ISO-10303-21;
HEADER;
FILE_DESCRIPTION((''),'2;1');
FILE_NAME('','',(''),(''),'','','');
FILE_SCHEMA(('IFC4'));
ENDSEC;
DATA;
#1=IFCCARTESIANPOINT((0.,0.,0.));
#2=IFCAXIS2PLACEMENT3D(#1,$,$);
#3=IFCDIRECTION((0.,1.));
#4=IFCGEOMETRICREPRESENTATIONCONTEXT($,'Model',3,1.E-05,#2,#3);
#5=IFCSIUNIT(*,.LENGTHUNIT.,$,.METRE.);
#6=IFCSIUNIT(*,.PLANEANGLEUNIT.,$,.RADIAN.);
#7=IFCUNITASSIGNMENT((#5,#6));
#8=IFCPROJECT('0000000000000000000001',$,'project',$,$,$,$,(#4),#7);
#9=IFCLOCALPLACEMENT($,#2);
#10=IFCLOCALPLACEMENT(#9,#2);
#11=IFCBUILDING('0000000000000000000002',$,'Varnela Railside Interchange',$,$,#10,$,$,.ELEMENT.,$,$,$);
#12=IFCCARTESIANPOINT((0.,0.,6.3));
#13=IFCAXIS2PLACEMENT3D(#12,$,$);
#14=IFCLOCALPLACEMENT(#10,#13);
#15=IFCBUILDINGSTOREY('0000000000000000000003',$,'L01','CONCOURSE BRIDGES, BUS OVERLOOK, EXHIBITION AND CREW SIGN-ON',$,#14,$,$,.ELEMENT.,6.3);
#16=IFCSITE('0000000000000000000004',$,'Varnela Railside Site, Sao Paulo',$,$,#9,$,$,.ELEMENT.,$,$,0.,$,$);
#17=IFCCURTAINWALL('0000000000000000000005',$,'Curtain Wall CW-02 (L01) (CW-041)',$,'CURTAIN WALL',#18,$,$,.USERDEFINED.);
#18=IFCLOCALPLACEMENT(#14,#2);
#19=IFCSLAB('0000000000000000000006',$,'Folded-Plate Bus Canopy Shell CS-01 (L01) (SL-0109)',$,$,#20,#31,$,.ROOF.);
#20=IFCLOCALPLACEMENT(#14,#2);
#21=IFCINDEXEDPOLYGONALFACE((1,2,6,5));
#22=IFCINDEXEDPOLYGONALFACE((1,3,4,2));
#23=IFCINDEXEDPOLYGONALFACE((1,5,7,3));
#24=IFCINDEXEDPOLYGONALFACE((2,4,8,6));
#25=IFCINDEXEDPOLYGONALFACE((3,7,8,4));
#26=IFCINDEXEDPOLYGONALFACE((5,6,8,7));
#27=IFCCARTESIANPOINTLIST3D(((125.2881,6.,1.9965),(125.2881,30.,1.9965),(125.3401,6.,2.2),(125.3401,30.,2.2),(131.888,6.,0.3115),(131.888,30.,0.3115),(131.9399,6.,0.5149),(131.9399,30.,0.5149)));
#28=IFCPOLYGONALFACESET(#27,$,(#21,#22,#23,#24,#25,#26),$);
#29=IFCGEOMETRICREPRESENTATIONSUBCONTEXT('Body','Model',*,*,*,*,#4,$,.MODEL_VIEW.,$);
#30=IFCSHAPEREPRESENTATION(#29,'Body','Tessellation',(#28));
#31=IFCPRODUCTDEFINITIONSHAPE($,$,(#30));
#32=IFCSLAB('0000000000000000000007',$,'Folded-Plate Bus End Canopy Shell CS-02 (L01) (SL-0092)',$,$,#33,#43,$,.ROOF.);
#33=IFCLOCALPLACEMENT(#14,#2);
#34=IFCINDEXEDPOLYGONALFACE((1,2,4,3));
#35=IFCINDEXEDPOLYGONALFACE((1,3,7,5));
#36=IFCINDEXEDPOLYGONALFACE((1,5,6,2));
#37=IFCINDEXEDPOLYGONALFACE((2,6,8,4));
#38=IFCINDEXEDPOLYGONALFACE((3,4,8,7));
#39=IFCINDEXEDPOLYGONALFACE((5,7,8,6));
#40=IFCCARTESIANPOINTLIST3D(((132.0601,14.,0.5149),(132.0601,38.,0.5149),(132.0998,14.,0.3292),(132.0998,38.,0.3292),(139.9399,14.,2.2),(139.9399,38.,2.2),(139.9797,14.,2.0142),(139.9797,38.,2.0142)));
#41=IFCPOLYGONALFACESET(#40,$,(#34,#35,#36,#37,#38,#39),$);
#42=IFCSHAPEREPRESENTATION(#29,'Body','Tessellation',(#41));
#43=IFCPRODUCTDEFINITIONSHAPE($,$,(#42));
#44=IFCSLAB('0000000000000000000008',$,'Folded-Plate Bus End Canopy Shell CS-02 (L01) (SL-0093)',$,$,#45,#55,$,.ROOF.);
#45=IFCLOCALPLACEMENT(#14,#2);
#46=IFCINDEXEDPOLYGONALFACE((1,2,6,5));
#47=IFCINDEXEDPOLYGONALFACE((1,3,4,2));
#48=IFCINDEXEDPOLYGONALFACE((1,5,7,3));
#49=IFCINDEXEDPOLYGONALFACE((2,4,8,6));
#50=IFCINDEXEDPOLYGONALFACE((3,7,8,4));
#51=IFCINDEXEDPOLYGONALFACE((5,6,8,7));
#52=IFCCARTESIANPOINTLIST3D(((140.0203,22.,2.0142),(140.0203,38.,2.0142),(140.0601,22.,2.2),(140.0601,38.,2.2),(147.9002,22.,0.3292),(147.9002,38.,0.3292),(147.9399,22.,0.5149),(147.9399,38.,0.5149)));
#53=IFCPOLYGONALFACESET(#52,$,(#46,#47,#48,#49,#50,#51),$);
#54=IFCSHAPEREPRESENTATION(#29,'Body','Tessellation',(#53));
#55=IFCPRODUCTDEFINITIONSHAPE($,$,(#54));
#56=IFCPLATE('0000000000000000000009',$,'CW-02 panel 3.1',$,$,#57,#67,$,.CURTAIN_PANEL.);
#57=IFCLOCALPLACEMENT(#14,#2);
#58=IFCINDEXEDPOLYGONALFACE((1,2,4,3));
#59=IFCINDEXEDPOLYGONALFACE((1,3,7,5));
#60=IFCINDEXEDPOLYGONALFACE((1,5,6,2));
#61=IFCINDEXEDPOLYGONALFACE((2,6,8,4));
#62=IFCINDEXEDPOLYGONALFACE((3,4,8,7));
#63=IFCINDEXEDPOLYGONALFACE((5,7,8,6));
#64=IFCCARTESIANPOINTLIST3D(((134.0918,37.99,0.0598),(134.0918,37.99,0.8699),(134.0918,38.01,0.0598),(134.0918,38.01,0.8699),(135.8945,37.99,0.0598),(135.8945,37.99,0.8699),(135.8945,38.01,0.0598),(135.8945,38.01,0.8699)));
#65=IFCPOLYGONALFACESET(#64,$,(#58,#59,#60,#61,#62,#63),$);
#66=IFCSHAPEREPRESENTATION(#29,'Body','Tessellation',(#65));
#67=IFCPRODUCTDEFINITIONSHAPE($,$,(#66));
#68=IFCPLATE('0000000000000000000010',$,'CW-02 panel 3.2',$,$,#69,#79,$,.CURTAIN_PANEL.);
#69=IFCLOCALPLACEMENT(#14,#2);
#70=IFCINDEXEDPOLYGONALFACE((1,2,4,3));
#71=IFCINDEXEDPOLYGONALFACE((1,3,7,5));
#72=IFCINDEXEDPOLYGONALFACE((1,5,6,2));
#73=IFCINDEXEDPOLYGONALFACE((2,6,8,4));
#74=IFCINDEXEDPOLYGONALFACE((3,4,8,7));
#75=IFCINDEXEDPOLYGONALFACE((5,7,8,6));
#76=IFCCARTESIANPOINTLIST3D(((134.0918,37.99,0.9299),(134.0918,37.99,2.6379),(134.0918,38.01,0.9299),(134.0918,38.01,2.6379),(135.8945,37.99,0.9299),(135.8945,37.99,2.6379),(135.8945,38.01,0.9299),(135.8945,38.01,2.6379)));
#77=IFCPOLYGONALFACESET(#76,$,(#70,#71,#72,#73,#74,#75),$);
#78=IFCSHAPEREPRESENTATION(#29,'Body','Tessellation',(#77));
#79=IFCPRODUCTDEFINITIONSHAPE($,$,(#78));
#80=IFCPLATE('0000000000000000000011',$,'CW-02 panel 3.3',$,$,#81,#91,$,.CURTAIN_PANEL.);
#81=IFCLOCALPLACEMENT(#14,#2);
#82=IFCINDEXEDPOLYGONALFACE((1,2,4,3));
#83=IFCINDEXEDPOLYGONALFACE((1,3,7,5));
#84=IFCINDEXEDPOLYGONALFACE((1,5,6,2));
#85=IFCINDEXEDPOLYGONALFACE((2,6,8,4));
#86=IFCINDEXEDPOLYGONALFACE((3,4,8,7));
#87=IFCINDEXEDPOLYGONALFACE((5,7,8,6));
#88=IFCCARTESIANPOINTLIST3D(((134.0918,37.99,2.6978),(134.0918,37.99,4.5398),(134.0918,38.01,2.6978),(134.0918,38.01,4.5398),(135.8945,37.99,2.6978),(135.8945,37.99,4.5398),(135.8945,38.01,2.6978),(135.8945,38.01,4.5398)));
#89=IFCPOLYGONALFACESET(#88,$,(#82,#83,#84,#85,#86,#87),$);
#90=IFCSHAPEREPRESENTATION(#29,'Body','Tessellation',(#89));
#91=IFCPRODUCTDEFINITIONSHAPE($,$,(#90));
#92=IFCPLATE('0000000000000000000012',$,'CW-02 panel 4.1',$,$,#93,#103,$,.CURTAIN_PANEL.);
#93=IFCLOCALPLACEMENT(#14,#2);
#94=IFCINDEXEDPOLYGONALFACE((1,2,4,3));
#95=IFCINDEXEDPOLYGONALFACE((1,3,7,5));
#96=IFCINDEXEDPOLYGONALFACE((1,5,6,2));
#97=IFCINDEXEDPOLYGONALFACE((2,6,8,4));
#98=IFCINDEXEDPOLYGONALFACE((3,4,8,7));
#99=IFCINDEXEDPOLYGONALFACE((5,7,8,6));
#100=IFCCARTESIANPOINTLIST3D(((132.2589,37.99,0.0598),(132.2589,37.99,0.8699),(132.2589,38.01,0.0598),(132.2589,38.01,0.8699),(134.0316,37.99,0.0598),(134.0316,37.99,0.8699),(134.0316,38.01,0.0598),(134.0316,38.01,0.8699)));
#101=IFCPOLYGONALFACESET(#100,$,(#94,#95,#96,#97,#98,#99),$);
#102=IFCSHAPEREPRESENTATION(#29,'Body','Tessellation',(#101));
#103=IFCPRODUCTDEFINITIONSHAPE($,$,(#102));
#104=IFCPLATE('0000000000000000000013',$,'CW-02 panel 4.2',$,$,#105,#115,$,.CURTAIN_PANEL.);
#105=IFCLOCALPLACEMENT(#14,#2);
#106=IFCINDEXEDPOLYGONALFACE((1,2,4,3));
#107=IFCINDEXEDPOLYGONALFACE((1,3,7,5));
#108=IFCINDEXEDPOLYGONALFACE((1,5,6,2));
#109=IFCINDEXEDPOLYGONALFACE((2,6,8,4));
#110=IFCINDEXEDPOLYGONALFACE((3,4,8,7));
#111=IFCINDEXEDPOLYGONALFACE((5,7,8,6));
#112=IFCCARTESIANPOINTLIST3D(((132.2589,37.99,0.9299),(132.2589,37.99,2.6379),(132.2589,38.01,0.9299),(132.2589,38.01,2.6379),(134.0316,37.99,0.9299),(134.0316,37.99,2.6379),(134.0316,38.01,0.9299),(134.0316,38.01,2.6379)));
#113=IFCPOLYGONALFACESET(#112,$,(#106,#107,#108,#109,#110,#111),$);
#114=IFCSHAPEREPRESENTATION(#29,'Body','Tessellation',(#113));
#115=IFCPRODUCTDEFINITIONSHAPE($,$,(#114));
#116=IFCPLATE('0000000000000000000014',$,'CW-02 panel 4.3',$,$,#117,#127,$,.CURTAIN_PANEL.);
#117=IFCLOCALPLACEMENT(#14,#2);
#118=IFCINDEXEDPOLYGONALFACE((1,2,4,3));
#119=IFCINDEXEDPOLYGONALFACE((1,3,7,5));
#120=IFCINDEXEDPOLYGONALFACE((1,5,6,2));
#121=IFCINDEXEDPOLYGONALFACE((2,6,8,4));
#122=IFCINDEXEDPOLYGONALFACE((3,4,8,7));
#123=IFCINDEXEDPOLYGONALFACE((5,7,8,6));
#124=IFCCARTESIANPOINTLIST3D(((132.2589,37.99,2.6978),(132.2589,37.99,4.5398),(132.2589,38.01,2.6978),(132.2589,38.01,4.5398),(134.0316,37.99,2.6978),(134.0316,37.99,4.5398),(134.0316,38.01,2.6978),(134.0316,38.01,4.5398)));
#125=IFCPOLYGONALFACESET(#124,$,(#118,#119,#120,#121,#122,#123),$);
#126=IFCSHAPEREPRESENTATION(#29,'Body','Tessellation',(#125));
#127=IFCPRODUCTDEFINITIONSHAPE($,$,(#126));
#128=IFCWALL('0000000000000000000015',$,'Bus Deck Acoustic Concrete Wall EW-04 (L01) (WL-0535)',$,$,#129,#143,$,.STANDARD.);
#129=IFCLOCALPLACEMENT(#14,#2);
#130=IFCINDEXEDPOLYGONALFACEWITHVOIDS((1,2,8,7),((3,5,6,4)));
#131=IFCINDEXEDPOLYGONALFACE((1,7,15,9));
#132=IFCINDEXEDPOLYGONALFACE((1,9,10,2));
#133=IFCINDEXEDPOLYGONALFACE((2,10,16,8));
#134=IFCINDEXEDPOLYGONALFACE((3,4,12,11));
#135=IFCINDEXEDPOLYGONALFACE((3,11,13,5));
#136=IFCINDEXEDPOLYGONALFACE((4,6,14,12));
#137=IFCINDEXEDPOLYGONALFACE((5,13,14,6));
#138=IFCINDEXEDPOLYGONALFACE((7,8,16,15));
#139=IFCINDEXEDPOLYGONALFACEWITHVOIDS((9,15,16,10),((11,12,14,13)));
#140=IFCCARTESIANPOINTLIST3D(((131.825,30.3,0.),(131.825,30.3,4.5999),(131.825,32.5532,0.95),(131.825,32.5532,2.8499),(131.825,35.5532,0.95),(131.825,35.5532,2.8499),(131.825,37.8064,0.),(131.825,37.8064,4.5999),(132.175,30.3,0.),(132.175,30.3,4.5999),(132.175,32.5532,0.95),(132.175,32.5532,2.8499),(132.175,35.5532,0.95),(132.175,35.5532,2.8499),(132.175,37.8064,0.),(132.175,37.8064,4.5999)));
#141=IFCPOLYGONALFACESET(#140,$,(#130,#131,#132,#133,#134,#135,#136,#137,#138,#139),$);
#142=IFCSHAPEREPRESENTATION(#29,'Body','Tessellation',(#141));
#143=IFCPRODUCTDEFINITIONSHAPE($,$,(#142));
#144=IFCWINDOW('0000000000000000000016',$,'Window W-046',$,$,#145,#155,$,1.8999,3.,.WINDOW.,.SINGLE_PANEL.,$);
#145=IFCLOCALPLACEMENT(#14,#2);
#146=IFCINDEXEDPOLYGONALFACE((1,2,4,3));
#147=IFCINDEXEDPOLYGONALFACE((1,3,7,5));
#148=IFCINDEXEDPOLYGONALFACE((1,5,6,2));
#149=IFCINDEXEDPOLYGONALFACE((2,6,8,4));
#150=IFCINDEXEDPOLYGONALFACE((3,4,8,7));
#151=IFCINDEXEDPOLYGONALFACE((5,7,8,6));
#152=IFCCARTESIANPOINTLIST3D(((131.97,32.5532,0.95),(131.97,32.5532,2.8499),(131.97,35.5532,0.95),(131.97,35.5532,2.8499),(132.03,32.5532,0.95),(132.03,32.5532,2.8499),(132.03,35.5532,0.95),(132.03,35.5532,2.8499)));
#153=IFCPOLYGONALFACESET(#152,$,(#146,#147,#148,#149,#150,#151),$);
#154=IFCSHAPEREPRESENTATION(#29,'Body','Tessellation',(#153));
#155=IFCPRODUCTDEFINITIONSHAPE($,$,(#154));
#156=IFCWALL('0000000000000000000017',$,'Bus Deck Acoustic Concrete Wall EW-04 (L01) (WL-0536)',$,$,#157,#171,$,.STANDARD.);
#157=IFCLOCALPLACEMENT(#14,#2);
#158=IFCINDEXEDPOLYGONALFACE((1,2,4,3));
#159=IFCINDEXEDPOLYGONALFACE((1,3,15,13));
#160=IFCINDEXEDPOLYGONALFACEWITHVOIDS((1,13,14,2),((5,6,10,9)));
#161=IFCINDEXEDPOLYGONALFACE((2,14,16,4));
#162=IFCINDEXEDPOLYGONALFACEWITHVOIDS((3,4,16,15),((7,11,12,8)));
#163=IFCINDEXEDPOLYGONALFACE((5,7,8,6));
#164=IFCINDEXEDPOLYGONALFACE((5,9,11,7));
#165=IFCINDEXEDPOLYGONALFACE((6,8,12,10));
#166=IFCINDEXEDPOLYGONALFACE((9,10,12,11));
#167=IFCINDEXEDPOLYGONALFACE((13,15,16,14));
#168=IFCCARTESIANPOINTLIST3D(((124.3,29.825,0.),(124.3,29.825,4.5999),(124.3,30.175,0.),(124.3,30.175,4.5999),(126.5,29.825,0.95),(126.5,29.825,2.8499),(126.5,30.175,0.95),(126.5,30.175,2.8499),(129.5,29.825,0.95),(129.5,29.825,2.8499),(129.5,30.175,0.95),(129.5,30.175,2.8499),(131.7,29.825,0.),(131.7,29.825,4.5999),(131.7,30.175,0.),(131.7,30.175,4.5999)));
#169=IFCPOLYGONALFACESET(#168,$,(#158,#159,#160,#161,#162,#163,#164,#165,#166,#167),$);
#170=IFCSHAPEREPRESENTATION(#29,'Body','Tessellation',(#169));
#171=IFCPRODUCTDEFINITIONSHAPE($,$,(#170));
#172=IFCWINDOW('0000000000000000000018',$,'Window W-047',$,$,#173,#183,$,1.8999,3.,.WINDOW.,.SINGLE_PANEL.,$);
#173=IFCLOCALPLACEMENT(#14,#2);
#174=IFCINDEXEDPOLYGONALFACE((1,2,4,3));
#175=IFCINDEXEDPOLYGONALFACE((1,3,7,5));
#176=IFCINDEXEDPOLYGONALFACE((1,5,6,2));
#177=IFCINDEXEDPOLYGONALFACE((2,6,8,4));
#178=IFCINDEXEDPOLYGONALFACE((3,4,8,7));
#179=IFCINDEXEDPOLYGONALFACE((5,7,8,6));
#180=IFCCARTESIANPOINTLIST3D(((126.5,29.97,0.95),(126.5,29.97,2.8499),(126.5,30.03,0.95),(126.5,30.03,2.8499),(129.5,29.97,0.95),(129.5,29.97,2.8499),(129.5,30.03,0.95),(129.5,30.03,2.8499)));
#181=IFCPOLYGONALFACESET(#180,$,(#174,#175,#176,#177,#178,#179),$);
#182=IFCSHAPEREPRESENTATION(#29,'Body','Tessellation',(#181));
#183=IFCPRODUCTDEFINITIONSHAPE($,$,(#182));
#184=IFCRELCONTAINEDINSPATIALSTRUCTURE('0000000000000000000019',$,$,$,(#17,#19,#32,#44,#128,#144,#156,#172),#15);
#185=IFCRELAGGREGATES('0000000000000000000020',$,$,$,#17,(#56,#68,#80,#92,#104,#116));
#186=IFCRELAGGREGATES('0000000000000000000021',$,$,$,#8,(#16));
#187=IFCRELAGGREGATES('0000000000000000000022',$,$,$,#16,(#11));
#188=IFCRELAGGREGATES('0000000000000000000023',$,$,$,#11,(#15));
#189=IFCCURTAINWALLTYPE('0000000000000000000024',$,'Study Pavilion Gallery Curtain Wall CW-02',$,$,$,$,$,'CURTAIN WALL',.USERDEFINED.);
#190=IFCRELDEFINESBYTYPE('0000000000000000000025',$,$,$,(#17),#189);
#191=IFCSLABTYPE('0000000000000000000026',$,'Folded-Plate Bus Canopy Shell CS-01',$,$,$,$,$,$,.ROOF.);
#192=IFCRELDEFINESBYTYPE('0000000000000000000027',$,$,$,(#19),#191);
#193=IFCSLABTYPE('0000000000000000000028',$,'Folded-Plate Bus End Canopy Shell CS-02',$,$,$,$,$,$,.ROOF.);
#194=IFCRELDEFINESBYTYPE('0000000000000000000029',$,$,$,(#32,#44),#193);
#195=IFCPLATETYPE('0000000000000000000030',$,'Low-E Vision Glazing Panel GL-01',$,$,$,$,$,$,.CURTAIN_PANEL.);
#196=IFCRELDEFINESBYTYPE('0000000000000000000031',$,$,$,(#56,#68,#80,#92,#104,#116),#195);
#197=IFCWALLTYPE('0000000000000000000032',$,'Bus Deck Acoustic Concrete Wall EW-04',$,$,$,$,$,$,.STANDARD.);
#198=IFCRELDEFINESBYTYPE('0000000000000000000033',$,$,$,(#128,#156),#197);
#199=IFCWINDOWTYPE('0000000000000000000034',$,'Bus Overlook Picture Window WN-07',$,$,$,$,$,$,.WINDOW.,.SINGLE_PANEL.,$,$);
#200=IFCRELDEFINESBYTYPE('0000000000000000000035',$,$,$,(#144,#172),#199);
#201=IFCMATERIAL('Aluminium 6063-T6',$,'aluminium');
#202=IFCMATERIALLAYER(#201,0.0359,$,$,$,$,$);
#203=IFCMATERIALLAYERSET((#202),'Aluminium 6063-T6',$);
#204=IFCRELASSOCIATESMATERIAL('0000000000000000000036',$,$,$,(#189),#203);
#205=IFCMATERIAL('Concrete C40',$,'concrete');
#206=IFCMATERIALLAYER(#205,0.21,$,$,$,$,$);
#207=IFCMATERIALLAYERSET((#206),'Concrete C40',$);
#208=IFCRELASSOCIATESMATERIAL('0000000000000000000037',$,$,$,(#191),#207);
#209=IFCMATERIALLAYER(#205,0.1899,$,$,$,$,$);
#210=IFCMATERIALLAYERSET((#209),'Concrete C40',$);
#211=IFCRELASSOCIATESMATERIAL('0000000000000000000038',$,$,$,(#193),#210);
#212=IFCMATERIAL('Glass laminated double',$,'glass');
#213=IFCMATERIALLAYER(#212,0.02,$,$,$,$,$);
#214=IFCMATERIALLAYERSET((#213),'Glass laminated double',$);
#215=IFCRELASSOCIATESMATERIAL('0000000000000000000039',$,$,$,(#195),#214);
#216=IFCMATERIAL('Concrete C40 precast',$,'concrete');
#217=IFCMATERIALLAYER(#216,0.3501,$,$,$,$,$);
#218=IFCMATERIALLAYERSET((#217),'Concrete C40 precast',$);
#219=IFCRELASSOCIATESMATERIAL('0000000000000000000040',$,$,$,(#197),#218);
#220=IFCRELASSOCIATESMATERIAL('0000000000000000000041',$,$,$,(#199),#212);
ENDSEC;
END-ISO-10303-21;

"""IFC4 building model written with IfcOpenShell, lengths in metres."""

from ifc_helpers import new_model, si_unit, direction, frame, frame_2d, origin, origin_2d, place, context, subcontext, project, spatial, polyline, rectangle, outline, extrude, material, layer, layer_set, type_object, element, fill, aggregate, save


model = new_model("IFC4")

# Units and contexts
model_context = context("Model", 3, precision=1e-05, world=origin(), true_north=direction((0.0, 1.0)))
body_context = subcontext(model_context, "Body", "Model", "MODEL_VIEW")
ifc_project = project(units=[si_unit("LENGTHUNIT", "METRE"), si_unit("PLANEANGLEUNIT", "RADIAN")], contexts=[model_context])

# Site, building, storey
site_placement = place(None, origin())
site = spatial("IfcSite", under=ifc_project, at=site_placement, Name="Varnela Railside Site, Sao Paulo", CompositionType="ELEMENT", RefElevation=0.0)
building_placement = place(site_placement, origin())
building = spatial("IfcBuilding", under=site, at=building_placement, Name="Varnela Railside Interchange", CompositionType="ELEMENT")
storey_placement = place(building_placement, frame((0.0, 0.0, 6.3)))
storey = spatial("IfcBuildingStorey", under=building, at=storey_placement, Name="L01", Description="CONCOURSE BRIDGES, BUS OVERLOOK, EXHIBITION AND CREW SIGN-ON", CompositionType="ELEMENT", Elevation=6.3)

# Curtain wall
ifc_material_1 = material(Name="Aluminium 6063-T6", Category="aluminium")
ifc_layer_1 = layer(ifc_material_1, 0.0359)
ifc_layer_set_1 = layer_set([ifc_layer_1], Name="Aluminium 6063-T6")
curtain_wall_type = type_object("IfcCurtainWallType", Name="Study Pavilion Gallery Curtain Wall CW-02", ElementType="CURTAIN WALL", PredefinedType="USERDEFINED", material=ifc_layer_set_1)
curtain_wall_placement = place(storey_placement, origin())
curtain_wall = element("IfcCurtainWall", 1, at=curtain_wall_placement, inside=storey, type_object=curtain_wall_type, Name="Curtain Wall CW-02 (L01) (CW-041)", ObjectType="CURTAIN WALL", PredefinedType="USERDEFINED")

# Shared definitions
ifc_material_2 = material(Name="Concrete C40 precast", Category="concrete")

# Slabs
ifc_material_3 = material(Name="Concrete C40", Category="concrete")
ifc_layer_2 = layer(ifc_material_3, 0.21)
ifc_layer_set_2 = layer_set([ifc_layer_2], Name="Concrete C40")
slab_type_1 = type_object("IfcSlabType", Name="Folded-Plate Bus Canopy Shell CS-01", PredefinedType="ROOF", material=ifc_layer_set_2)
slab_1_placement = place(storey_placement, frame((125.3401, 6.0, 2.2), z_axis=(0.247382, 0.0, 0.968918), x_axis=(0.968918, 0.0, -0.247382)))
element("IfcSlab", 2, at=slab_1_placement, inside=storey, type_object=slab_type_1, Name="Folded-Plate Bus Canopy Shell CS-01 (L01) (SL-0109)", PredefinedType="ROOF", context=body_context, shape_type="SweptSolid", body=[
    extrude(outline(polyline([(0.0, 0.0), (6.8116, 0.0), (6.8116, 24.0), (0.0, 24.0), (0.0, 0.0)])), origin(), (0.0, 0.0, -1.0), 0.21),
])
ifc_layer_3 = layer(ifc_material_3, 0.1899)
ifc_layer_set_3 = layer_set([ifc_layer_3], Name="Concrete C40")
slab_type_2 = type_object("IfcSlabType", Name="Folded-Plate Bus End Canopy Shell CS-02", PredefinedType="ROOF", material=ifc_layer_set_3)
slab_2_placement = place(storey_placement, frame((132.0601, 14.0, 0.5149), z_axis=(-0.209115, 0.0, 0.977891), x_axis=(0.977891, 0.0, 0.209115)))
element("IfcSlab", 3, at=slab_2_placement, inside=storey, type_object=slab_type_2, Name="Folded-Plate Bus End Canopy Shell CS-02 (L01) (SL-0092)", PredefinedType="ROOF", context=body_context, shape_type="SweptSolid", body=[
    extrude(outline(polyline([(0.0, 0.0), (8.058, 0.0), (8.058, 24.0), (0.0, 24.0), (0.0, 0.0)])), origin(), (0.0, 0.0, -1.0), 0.1899),
])
slab_3_placement = place(storey_placement, frame((140.0601, 22.0, 2.2), z_axis=(0.209115, 0.0, 0.977891), x_axis=(0.977891, 0.0, -0.209115)))
element("IfcSlab", 4, at=slab_3_placement, inside=storey, type_object=slab_type_2, Name="Folded-Plate Bus End Canopy Shell CS-02 (L01) (SL-0093)", PredefinedType="ROOF", context=body_context, shape_type="SweptSolid", body=[
    extrude(outline(polyline([(0.0, 0.0), (8.058, 0.0), (8.058, 16.0), (0.0, 16.0), (0.0, 0.0)])), origin(), (0.0, 0.0, -1.0), 0.1899),
])

# Plates
ifc_material_4 = material(Name="Glass laminated double", Category="glass")
ifc_layer_4 = layer(ifc_material_4, 0.02)
ifc_layer_set_4 = layer_set([ifc_layer_4], Name="Glass laminated double")
plate_type = type_object("IfcPlateType", Name="Low-E Vision Glazing Panel GL-01", PredefinedType="CURTAIN_PANEL", material=ifc_layer_set_4)
plate_1_placement = place(storey_placement, frame((134.9932, 38.0, 0.0598), z_axis=(0.0, 0.0, 1.0), x_axis=(-1.0, 0.0, 0.0)))
plate_1 = element("IfcPlate", 5, at=plate_1_placement, type_object=plate_type, Name="CW-02 panel 3.1", PredefinedType="CURTAIN_PANEL", context=body_context, shape_type="SweptSolid", body=[
    extrude(rectangle(XDim=1.8027, YDim=0.02, at=origin_2d()), origin(), (0.0, 0.0, 1.0), 0.8101),
])
plate_2_placement = place(storey_placement, frame((134.9932, 38.0, 0.9299), z_axis=(0.0, 0.0, 1.0), x_axis=(-1.0, 0.0, 0.0)))
plate_2 = element("IfcPlate", 6, at=plate_2_placement, type_object=plate_type, Name="CW-02 panel 3.2", PredefinedType="CURTAIN_PANEL", context=body_context, shape_type="SweptSolid", body=[
    extrude(rectangle(XDim=1.8027, YDim=0.02, at=origin_2d()), origin(), (0.0, 0.0, 1.0), 1.708),
])
plate_3_placement = place(storey_placement, frame((134.9932, 38.0, 2.6978), z_axis=(0.0, 0.0, 1.0), x_axis=(-1.0, 0.0, 0.0)))
plate_3 = element("IfcPlate", 7, at=plate_3_placement, type_object=plate_type, Name="CW-02 panel 3.3", PredefinedType="CURTAIN_PANEL", context=body_context, shape_type="SweptSolid", body=[
    extrude(rectangle(XDim=1.8027, YDim=0.02, at=origin_2d()), origin(), (0.0, 0.0, 1.0), 1.842),
])
plate_4_placement = place(storey_placement, frame((133.1453, 38.0, 0.0598), z_axis=(0.0, 0.0, 1.0), x_axis=(-1.0, 0.0, 0.0)))
plate_4 = element("IfcPlate", 8, at=plate_4_placement, type_object=plate_type, Name="CW-02 panel 4.1", PredefinedType="CURTAIN_PANEL", context=body_context, shape_type="SweptSolid", body=[
    extrude(rectangle(XDim=1.7727, YDim=0.02, at=origin_2d()), origin(), (0.0, 0.0, 1.0), 0.8101),
])
plate_5_placement = place(storey_placement, frame((133.1453, 38.0, 0.9299), z_axis=(0.0, 0.0, 1.0), x_axis=(-1.0, 0.0, 0.0)))
plate_5 = element("IfcPlate", 9, at=plate_5_placement, type_object=plate_type, Name="CW-02 panel 4.2", PredefinedType="CURTAIN_PANEL", context=body_context, shape_type="SweptSolid", body=[
    extrude(rectangle(XDim=1.7727, YDim=0.02, at=origin_2d()), origin(), (0.0, 0.0, 1.0), 1.708),
])
plate_6_placement = place(storey_placement, frame((133.1453, 38.0, 2.6978), z_axis=(0.0, 0.0, 1.0), x_axis=(-1.0, 0.0, 0.0)))
plate_6 = element("IfcPlate", 10, at=plate_6_placement, type_object=plate_type, Name="CW-02 panel 4.3", PredefinedType="CURTAIN_PANEL", context=body_context, shape_type="SweptSolid", body=[
    extrude(rectangle(XDim=1.7727, YDim=0.02, at=origin_2d()), origin(), (0.0, 0.0, 1.0), 1.842),
])
aggregate(curtain_wall, [plate_1, plate_2, plate_3, plate_4, plate_5, plate_6])

# Walls, openings, windows
ifc_layer_5 = layer(ifc_material_2, 0.3501)
ifc_layer_set_5 = layer_set([ifc_layer_5], Name="Concrete C40 precast")
wall_type_1 = type_object("IfcWallType", Name="Bus Deck Acoustic Concrete Wall EW-04", PredefinedType="STANDARD", material=ifc_layer_set_5)
wall_1_placement = place(storey_placement, frame((132.0, 37.8064, 0.0), z_axis=(0.0, 0.0, 1.0), x_axis=(0.0, -1.0, 0.0)))
wall_1 = element("IfcWall", 11, at=wall_1_placement, inside=storey, type_object=wall_type_1, Name="Bus Deck Acoustic Concrete Wall EW-04 (L01) (WL-0535)", PredefinedType="STANDARD", context=body_context, shape_type="SweptSolid", body=[
    extrude(rectangle(XDim=7.5063, YDim=0.3501, at=frame_2d((3.7532, 0.0))), origin(), (0.0, 0.0, 1.0), 4.5999),
])
opening_1_placement = place(wall_1_placement, frame((2.2532, 0.0, 0.95)))
opening_1 = element("IfcOpeningElement", 12, at=opening_1_placement, cuts=wall_1, PredefinedType="OPENING", context=body_context, shape_type="SweptSolid", body=[
    extrude(rectangle(XDim=3.0, YDim=1.8999, at=frame_2d((1.5, 0.95))), frame((0.0, 0.1851, 0.0), z_axis=(0.0, -1.0, 0.0), x_axis=(1.0, 0.0, 0.0)), (0.0, 0.0, 1.0), 0.3701),
])
window_type = type_object("IfcWindowType", Name="Bus Overlook Picture Window WN-07", PartitioningType="SINGLE_PANEL", PredefinedType="WINDOW", material=ifc_material_4)
window_1_placement = place(opening_1_placement, origin())
window_1 = element("IfcWindow", 13, at=window_1_placement, inside=storey, type_object=window_type, Name="Window W-046", OverallHeight=1.8999, OverallWidth=3.0, PartitioningType="SINGLE_PANEL", PredefinedType="WINDOW", context=body_context, shape_type="SweptSolid", body=[
    extrude(rectangle(XDim=3.0, YDim=1.8999, at=frame_2d((1.5, 0.95))), frame((0.0, 0.03, 0.0), z_axis=(0.0, -1.0, 0.0), x_axis=(1.0, 0.0, 0.0)), (0.0, 0.0, 1.0), 0.0601),
])
fill(opening_1, window_1)
wall_2_placement = place(storey_placement, frame((131.7, 30.0, 0.0), z_axis=(0.0, 0.0, 1.0), x_axis=(-1.0, 0.0, 0.0)))
wall_2 = element("IfcWall", 14, at=wall_2_placement, inside=storey, type_object=wall_type_1, Name="Bus Deck Acoustic Concrete Wall EW-04 (L01) (WL-0536)", PredefinedType="STANDARD", context=body_context, shape_type="SweptSolid", body=[
    extrude(rectangle(XDim=7.3999, YDim=0.3501, at=frame_2d((3.7, 0.0))), origin(), (0.0, 0.0, 1.0), 4.5999),
])
opening_2_placement = place(wall_2_placement, frame((2.2, 0.0, 0.95)))
opening_2 = element("IfcOpeningElement", 15, at=opening_2_placement, cuts=wall_2, PredefinedType="OPENING", context=body_context, shape_type="SweptSolid", body=[
    extrude(rectangle(XDim=3.0, YDim=1.8999, at=frame_2d((1.5, 0.95))), frame((0.0, 0.1851, 0.0), z_axis=(0.0, -1.0, 0.0), x_axis=(1.0, 0.0, 0.0)), (0.0, 0.0, 1.0), 0.3701),
])
window_2_placement = place(opening_2_placement, origin())
window_2 = element("IfcWindow", 16, at=window_2_placement, inside=storey, type_object=window_type, Name="Window W-047", OverallHeight=1.8999, OverallWidth=3.0, PartitioningType="SINGLE_PANEL", PredefinedType="WINDOW", context=body_context, shape_type="SweptSolid", body=[
    extrude(rectangle(XDim=3.0, YDim=1.8999, at=frame_2d((1.5, 0.95))), frame((0.0, 0.03, 0.0), z_axis=(0.0, -1.0, 0.0), x_axis=(1.0, 0.0, 0.0)), (0.0, 0.0, 1.0), 0.0601),
])
fill(opening_2, window_2)

save(model, "model.ifc")
